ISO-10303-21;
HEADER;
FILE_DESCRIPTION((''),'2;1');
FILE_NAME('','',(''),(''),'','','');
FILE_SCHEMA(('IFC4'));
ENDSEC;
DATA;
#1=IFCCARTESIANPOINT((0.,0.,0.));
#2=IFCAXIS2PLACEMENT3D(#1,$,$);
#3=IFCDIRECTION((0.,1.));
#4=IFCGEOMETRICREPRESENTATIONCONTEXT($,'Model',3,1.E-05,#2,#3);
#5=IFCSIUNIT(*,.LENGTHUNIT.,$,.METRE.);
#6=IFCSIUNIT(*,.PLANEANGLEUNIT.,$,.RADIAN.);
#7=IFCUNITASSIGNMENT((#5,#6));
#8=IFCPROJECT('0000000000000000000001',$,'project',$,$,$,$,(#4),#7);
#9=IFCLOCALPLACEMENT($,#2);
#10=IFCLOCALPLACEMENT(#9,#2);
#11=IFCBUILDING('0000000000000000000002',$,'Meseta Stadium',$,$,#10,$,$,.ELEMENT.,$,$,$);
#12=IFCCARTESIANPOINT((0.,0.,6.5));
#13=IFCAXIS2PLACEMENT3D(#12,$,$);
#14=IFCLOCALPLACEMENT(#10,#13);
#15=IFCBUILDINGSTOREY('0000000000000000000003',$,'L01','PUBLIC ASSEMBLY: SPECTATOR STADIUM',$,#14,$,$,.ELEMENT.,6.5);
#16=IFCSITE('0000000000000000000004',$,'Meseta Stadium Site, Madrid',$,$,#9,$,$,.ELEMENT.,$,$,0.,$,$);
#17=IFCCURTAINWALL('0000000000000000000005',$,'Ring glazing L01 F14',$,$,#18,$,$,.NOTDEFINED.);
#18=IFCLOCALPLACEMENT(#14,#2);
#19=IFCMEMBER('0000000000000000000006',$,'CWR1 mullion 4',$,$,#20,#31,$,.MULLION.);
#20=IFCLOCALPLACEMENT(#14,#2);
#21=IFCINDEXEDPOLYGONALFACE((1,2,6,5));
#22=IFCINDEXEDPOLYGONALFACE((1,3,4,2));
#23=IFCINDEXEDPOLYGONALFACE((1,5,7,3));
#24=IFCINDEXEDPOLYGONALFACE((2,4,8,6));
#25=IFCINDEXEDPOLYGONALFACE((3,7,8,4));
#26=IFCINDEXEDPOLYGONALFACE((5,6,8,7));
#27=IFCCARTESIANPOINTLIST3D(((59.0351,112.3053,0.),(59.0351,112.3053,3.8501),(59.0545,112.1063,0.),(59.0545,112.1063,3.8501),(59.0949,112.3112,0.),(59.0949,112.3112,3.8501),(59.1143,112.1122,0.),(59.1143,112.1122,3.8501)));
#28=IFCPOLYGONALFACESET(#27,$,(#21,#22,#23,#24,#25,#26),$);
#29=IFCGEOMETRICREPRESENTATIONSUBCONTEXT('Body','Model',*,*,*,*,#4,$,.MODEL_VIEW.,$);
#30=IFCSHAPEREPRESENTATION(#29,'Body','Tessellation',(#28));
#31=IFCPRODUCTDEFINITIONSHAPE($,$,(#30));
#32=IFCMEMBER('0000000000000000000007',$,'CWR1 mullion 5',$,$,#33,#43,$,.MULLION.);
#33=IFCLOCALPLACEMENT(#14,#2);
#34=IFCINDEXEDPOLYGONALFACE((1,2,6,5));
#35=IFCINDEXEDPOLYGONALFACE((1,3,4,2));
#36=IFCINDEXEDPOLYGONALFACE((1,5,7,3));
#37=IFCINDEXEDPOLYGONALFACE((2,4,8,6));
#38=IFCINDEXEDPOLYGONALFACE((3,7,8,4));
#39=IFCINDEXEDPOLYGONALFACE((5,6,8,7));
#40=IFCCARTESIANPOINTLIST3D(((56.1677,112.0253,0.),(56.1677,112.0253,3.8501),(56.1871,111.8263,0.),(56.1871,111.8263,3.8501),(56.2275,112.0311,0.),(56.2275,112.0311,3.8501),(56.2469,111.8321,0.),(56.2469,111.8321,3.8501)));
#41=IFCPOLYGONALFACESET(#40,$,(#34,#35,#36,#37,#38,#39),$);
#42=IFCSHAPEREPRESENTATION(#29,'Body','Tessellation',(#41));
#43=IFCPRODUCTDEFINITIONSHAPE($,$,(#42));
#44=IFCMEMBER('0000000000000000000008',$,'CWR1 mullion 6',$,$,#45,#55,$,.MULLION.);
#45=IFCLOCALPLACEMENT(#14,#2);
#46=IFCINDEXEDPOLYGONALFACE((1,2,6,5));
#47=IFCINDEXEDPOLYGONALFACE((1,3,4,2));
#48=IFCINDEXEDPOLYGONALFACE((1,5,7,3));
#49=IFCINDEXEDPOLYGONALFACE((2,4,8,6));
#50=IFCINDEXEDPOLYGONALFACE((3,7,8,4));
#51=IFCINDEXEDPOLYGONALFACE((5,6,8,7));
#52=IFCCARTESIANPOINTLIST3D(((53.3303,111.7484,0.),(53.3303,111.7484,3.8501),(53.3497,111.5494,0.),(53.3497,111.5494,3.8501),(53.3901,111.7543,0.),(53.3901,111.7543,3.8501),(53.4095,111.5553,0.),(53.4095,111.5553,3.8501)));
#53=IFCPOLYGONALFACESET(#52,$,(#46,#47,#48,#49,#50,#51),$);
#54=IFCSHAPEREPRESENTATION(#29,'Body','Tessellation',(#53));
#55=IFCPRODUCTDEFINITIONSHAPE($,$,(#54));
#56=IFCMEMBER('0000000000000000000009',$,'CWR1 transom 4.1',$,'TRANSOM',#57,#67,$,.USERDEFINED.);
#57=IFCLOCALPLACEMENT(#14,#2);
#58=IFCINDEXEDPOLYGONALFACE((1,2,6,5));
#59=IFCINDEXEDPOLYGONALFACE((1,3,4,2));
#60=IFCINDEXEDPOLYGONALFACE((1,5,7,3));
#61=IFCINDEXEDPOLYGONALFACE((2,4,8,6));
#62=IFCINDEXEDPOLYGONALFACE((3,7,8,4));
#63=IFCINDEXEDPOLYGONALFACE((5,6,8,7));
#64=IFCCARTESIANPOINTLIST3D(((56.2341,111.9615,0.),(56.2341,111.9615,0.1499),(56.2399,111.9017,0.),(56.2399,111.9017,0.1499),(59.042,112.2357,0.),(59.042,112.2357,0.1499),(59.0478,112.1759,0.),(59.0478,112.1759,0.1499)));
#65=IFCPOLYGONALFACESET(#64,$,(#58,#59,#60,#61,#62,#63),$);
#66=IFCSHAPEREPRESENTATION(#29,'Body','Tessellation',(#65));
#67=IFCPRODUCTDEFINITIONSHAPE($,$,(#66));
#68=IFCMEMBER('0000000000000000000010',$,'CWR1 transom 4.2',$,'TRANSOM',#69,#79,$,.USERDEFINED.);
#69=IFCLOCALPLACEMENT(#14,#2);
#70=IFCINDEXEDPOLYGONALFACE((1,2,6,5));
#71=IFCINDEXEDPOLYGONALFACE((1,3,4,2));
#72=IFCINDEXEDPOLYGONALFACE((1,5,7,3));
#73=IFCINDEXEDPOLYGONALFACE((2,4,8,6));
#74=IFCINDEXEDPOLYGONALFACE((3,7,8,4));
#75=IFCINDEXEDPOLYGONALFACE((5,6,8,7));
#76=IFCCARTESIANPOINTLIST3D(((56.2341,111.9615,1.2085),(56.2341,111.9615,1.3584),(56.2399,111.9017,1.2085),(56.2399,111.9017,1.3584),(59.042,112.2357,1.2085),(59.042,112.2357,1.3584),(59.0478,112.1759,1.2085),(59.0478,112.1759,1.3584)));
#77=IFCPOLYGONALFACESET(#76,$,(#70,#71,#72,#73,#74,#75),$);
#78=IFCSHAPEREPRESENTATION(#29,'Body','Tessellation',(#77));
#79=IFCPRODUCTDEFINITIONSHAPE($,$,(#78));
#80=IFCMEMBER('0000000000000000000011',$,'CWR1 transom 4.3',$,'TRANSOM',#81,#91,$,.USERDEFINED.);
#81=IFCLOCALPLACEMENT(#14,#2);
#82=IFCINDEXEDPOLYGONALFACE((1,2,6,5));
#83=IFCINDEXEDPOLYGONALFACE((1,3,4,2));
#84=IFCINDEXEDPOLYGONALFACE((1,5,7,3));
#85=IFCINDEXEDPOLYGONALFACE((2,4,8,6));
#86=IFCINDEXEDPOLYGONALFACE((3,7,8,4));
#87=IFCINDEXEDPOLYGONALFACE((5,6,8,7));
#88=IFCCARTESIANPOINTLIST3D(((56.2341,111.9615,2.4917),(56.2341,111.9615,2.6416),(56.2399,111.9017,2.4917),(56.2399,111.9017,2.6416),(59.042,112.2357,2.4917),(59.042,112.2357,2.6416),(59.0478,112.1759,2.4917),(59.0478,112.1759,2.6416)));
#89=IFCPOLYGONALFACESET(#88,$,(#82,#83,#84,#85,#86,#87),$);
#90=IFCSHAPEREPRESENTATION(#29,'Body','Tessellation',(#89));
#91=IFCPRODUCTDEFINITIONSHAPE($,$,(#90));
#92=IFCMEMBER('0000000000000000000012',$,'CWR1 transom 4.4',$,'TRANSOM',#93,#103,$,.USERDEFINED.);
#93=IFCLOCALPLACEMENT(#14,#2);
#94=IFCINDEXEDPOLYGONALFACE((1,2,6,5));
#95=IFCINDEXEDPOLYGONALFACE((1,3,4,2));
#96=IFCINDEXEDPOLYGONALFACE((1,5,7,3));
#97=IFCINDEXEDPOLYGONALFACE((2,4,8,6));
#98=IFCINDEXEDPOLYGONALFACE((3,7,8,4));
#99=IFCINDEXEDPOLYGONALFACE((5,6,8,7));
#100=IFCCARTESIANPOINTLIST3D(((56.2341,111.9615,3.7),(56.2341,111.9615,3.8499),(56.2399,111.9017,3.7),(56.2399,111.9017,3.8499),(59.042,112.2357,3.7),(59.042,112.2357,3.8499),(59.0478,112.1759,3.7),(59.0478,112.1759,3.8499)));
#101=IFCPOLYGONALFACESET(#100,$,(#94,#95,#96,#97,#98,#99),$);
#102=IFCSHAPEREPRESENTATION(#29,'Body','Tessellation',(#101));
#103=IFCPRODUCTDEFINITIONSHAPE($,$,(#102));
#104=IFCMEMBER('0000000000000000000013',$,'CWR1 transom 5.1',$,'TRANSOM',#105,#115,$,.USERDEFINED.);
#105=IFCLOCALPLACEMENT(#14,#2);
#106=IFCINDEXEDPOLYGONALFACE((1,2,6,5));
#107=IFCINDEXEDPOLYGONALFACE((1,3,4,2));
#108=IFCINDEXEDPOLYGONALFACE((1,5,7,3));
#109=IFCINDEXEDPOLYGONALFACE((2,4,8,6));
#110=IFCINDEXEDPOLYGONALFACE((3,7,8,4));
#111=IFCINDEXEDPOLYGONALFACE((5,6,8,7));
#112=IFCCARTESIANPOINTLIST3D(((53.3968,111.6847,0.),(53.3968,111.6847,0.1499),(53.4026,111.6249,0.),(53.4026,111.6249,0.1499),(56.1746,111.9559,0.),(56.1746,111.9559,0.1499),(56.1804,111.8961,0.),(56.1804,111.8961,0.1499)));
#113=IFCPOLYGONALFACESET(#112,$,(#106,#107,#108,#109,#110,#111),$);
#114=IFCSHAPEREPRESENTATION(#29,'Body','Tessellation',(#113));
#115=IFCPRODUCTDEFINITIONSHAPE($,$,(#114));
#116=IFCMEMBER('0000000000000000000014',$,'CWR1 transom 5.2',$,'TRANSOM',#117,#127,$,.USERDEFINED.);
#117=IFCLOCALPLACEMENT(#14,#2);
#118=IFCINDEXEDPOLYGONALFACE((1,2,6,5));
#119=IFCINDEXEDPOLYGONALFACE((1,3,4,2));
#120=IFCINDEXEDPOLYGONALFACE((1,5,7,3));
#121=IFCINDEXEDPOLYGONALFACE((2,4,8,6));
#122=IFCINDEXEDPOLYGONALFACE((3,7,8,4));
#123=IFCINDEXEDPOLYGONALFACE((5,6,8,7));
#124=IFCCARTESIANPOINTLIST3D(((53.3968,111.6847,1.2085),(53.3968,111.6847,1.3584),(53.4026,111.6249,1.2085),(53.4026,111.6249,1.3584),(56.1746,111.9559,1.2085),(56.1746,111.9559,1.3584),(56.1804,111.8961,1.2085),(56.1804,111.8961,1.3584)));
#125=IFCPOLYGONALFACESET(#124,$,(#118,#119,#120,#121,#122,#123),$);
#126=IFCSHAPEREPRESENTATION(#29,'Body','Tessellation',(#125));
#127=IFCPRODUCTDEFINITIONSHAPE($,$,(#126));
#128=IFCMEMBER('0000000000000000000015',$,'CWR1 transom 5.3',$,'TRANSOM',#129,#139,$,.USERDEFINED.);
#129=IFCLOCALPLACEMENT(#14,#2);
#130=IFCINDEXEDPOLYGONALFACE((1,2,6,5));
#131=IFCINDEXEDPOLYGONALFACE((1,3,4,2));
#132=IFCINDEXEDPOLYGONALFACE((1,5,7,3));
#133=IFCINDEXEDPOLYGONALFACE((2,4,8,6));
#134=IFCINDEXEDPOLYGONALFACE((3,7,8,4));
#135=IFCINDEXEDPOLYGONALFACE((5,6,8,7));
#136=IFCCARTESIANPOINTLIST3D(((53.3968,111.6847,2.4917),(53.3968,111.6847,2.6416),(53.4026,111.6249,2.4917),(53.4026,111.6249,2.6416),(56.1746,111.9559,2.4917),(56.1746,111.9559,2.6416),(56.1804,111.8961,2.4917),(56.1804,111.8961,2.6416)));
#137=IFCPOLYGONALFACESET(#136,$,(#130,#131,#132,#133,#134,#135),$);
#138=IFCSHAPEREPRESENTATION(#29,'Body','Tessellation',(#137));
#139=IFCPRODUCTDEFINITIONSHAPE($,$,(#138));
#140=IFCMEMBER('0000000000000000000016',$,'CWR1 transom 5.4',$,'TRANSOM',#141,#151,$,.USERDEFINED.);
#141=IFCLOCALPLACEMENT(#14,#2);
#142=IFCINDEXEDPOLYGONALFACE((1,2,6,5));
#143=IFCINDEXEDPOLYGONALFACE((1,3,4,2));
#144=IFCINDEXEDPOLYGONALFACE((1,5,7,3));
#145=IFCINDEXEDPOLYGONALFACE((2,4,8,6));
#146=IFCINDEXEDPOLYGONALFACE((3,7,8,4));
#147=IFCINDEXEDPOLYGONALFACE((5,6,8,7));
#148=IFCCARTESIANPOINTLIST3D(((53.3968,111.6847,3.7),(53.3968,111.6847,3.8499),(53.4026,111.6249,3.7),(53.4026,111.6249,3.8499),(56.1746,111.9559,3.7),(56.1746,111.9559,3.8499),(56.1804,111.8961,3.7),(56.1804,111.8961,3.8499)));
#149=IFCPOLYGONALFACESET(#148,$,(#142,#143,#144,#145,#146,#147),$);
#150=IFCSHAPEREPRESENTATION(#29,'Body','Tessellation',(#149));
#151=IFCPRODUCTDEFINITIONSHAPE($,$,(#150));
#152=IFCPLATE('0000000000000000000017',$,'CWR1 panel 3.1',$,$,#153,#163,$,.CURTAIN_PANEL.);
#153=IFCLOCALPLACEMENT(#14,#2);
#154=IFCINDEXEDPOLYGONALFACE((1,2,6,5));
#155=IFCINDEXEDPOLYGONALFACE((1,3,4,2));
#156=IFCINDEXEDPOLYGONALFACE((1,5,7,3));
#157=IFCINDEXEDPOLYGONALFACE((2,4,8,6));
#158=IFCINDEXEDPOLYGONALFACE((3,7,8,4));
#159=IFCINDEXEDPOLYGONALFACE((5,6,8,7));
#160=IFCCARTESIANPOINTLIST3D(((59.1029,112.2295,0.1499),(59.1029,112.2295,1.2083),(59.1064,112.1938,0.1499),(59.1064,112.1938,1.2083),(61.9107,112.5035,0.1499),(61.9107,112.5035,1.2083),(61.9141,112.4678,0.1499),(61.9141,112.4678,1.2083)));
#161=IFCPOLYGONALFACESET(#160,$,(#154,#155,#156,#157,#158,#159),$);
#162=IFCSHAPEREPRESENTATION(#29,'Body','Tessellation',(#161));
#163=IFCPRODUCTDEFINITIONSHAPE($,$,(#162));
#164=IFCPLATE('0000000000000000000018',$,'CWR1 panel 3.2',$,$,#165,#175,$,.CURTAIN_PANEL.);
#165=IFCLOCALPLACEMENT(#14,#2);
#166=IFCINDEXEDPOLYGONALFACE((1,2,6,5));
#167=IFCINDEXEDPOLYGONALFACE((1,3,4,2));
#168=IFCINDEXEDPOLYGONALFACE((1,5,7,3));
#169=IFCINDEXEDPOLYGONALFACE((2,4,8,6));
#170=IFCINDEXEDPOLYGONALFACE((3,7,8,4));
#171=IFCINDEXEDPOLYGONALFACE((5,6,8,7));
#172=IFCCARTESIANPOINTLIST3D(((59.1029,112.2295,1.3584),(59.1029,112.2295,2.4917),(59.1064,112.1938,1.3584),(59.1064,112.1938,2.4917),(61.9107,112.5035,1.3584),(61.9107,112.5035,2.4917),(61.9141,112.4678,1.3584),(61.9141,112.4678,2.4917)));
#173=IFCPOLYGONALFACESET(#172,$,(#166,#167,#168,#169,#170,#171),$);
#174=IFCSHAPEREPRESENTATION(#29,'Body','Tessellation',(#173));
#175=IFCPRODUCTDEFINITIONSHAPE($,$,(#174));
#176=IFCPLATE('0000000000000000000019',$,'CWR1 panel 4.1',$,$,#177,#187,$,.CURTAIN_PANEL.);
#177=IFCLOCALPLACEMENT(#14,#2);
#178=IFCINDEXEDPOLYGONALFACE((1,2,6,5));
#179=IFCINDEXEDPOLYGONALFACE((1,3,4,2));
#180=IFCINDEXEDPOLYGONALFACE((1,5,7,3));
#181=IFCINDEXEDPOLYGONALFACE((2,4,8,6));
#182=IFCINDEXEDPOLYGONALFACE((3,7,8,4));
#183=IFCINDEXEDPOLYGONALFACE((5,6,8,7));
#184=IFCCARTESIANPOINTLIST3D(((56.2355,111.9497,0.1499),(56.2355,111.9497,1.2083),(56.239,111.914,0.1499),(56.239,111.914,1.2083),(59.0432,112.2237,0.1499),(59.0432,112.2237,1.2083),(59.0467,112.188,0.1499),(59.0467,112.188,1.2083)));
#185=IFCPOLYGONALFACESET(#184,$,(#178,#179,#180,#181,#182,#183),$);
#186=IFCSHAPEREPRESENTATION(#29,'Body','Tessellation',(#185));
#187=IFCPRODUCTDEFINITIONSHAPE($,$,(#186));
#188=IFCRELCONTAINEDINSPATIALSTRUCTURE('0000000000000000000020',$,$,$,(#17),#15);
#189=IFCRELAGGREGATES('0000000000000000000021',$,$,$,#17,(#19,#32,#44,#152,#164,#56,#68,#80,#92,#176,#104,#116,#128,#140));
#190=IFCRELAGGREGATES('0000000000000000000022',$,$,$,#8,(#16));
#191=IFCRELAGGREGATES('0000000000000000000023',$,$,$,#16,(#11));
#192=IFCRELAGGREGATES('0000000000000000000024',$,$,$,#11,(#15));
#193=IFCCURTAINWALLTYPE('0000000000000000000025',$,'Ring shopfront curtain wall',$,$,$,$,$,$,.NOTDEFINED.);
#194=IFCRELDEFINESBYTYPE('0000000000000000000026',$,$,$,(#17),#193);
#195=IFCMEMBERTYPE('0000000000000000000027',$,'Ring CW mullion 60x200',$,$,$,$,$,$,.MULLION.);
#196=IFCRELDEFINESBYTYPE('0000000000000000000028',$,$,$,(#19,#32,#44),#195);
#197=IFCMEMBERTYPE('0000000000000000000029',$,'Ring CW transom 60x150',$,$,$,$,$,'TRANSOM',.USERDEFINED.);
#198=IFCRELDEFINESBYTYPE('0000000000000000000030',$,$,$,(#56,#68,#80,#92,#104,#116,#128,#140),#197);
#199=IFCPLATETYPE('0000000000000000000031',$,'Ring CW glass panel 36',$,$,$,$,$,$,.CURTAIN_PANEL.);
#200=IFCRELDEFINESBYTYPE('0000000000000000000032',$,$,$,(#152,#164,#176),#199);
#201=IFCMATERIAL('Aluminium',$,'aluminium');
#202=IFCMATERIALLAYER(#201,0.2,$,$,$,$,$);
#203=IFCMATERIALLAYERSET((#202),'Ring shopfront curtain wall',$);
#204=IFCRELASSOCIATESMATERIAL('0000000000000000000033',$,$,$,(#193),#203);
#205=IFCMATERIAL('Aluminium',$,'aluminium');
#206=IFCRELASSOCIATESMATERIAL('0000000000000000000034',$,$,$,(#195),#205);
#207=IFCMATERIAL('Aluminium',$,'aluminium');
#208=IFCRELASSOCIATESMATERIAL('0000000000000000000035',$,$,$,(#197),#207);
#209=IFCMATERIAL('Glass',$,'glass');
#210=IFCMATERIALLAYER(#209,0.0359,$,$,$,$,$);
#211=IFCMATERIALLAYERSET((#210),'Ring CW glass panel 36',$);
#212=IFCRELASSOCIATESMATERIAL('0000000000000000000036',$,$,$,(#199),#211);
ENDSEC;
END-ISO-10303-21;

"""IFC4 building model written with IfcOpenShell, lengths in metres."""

from ifc_helpers import new_model, si_unit, direction, frame, origin, origin_2d, place, context, subcontext, project, spatial, rectangle, extrude, material, layer, layer_set, material_profile, profile_set, type_object, element, aggregate, save


model = new_model("IFC4")

# Units and contexts
model_context = context("Model", 3, precision=1e-05, world=origin(), true_north=direction((0.0, 1.0)))
body_context = subcontext(model_context, "Body", "Model", "MODEL_VIEW")
ifc_project = project(units=[si_unit("LENGTHUNIT", "METRE"), si_unit("PLANEANGLEUNIT", "RADIAN")], contexts=[model_context])

# Site, building, storey
site_placement = place(None, origin())
site = spatial("IfcSite", under=ifc_project, at=site_placement, Name="Meseta Stadium Site, Madrid", CompositionType="ELEMENT", RefElevation=0.0)
building_placement = place(site_placement, origin())
building = spatial("IfcBuilding", under=site, at=building_placement, Name="Meseta Stadium", CompositionType="ELEMENT")
storey_placement = place(building_placement, frame((0.0, 0.0, 6.5)))
storey = spatial("IfcBuildingStorey", under=building, at=storey_placement, Name="L01", Description="PUBLIC ASSEMBLY: SPECTATOR STADIUM", CompositionType="ELEMENT", Elevation=6.5)

# Curtain wall, members, plates
ifc_material_1 = material(Name="Aluminium", Category="aluminium")
ifc_layer_1 = layer(ifc_material_1, 0.2)
ifc_layer_set_1 = layer_set([ifc_layer_1], Name="Ring shopfront curtain wall")
curtain_wall_type = type_object("IfcCurtainWallType", Name="Ring shopfront curtain wall", PredefinedType="NOTDEFINED", material=ifc_layer_set_1)
curtain_wall_placement = place(storey_placement, origin())
curtain_wall = element("IfcCurtainWall", 1, at=curtain_wall_placement, inside=storey, type_object=curtain_wall_type, Name="Ring glazing L01 F14", PredefinedType="NOTDEFINED")
ifc_material_2 = material(Name="Aluminium", Category="aluminium")
ifc_material_profile_1 = material_profile(ifc_material_2, rectangle(XDim=0.2, YDim=0.0601, at=origin_2d()), Name="CW 200x60")
ifc_profile_set_1 = profile_set([ifc_material_profile_1], Name="Aluminium")
member_type_1 = type_object("IfcMemberType", Name="Ring CW mullion 60x200", PredefinedType="MULLION", material=ifc_profile_set_1)
member_1_placement = place(storey_placement, frame((59.0747, 112.2087, 0.0), z_axis=(0.0, 0.0, 1.0), x_axis=(0.097125, -0.995272, 0.0)))
member_1 = element("IfcMember", 2, at=member_1_placement, type_object=member_type_1, Name="CWR1 mullion 4", PredefinedType="MULLION", context=body_context, shape_type="SweptSolid", body=[
    extrude(rectangle(XDim=0.2, YDim=0.0601, at=origin_2d()), origin(), (0.0, 0.0, 1.0), 3.8501),
])
member_2_placement = place(storey_placement, frame((56.2073, 111.9287, 0.0), z_axis=(0.0, 0.0, 1.0), x_axis=(0.097125, -0.995272, 0.0)))
member_2 = element("IfcMember", 3, at=member_2_placement, type_object=member_type_1, Name="CWR1 mullion 5", PredefinedType="MULLION", context=body_context, shape_type="SweptSolid", body=[
    extrude(rectangle(XDim=0.2, YDim=0.0601, at=origin_2d()), origin(), (0.0, 0.0, 1.0), 3.8501),
])
member_3_placement = place(storey_placement, frame((53.3699, 111.6519, 0.0), z_axis=(0.0, 0.0, 1.0), x_axis=(0.097125, -0.995272, 0.0)))
member_3 = element("IfcMember", 4, at=member_3_placement, type_object=member_type_1, Name="CWR1 mullion 6", PredefinedType="MULLION", context=body_context, shape_type="SweptSolid", body=[
    extrude(rectangle(XDim=0.2, YDim=0.0601, at=origin_2d()), origin(), (0.0, 0.0, 1.0), 3.8501),
])
ifc_material_3 = material(Name="Aluminium", Category="aluminium")
ifc_material_profile_2 = material_profile(ifc_material_3, rectangle(XDim=0.0601, YDim=0.1499, at=origin_2d()), Name="CW 60x150")
ifc_profile_set_2 = profile_set([ifc_material_profile_2], Name="Aluminium")
member_type_2 = type_object("IfcMemberType", Name="Ring CW transom 60x150", ElementType="TRANSOM", PredefinedType="USERDEFINED", material=ifc_profile_set_2)
member_4_placement = place(storey_placement, frame((59.0449, 112.2058, 0.075), z_axis=(-0.995267, -0.097182, 0.0), x_axis=(0.097182, -0.995267, 0.0)))
member_4 = element("IfcMember", 5, at=member_4_placement, type_object=member_type_2, Name="CWR1 transom 4.1", ObjectType="TRANSOM", PredefinedType="USERDEFINED", context=body_context, shape_type="SweptSolid", body=[
    extrude(rectangle(XDim=0.0601, YDim=0.1499, at=origin_2d()), origin(), (0.0, 0.0, 1.0), 2.8213),
])
member_5_placement = place(storey_placement, frame((59.0449, 112.2058, 1.2834), z_axis=(-0.995267, -0.097182, 0.0), x_axis=(0.097182, -0.995267, 0.0)))
member_5 = element("IfcMember", 6, at=member_5_placement, type_object=member_type_2, Name="CWR1 transom 4.2", ObjectType="TRANSOM", PredefinedType="USERDEFINED", context=body_context, shape_type="SweptSolid", body=[
    extrude(rectangle(XDim=0.0601, YDim=0.1499, at=origin_2d()), origin(), (0.0, 0.0, 1.0), 2.8213),
])
member_6_placement = place(storey_placement, frame((59.0449, 112.2058, 2.5667), z_axis=(-0.995267, -0.097182, 0.0), x_axis=(0.097182, -0.995267, 0.0)))
member_6 = element("IfcMember", 7, at=member_6_placement, type_object=member_type_2, Name="CWR1 transom 4.3", ObjectType="TRANSOM", PredefinedType="USERDEFINED", context=body_context, shape_type="SweptSolid", body=[
    extrude(rectangle(XDim=0.0601, YDim=0.1499, at=origin_2d()), origin(), (0.0, 0.0, 1.0), 2.8213),
])
member_7_placement = place(storey_placement, frame((59.0449, 112.2058, 3.7749), z_axis=(-0.995267, -0.097182, 0.0), x_axis=(0.097182, -0.995267, 0.0)))
member_7 = element("IfcMember", 8, at=member_7_placement, type_object=member_type_2, Name="CWR1 transom 4.4", ObjectType="TRANSOM", PredefinedType="USERDEFINED", context=body_context, shape_type="SweptSolid", body=[
    extrude(rectangle(XDim=0.0601, YDim=0.1499, at=origin_2d()), origin(), (0.0, 0.0, 1.0), 2.8213),
])
member_8_placement = place(storey_placement, frame((56.1775, 111.926, 0.075), z_axis=(-0.995267, -0.097182, 0.0), x_axis=(0.097182, -0.995267, 0.0)))
member_8 = element("IfcMember", 9, at=member_8_placement, type_object=member_type_2, Name="CWR1 transom 5.1", ObjectType="TRANSOM", PredefinedType="USERDEFINED", context=body_context, shape_type="SweptSolid", body=[
    extrude(rectangle(XDim=0.0601, YDim=0.1499, at=origin_2d()), origin(), (0.0, 0.0, 1.0), 2.791),
])
member_9_placement = place(storey_placement, frame((56.1775, 111.926, 1.2834), z_axis=(-0.995267, -0.097182, 0.0), x_axis=(0.097182, -0.995267, 0.0)))
member_9 = element("IfcMember", 10, at=member_9_placement, type_object=member_type_2, Name="CWR1 transom 5.2", ObjectType="TRANSOM", PredefinedType="USERDEFINED", context=body_context, shape_type="SweptSolid", body=[
    extrude(rectangle(XDim=0.0601, YDim=0.1499, at=origin_2d()), origin(), (0.0, 0.0, 1.0), 2.791),
])
member_10_placement = place(storey_placement, frame((56.1775, 111.926, 2.5667), z_axis=(-0.995267, -0.097182, 0.0), x_axis=(0.097182, -0.995267, 0.0)))
member_10 = element("IfcMember", 11, at=member_10_placement, type_object=member_type_2, Name="CWR1 transom 5.3", ObjectType="TRANSOM", PredefinedType="USERDEFINED", context=body_context, shape_type="SweptSolid", body=[
    extrude(rectangle(XDim=0.0601, YDim=0.1499, at=origin_2d()), origin(), (0.0, 0.0, 1.0), 2.791),
])
member_11_placement = place(storey_placement, frame((56.1775, 111.926, 3.7749), z_axis=(-0.995267, -0.097182, 0.0), x_axis=(0.097182, -0.995267, 0.0)))
member_11 = element("IfcMember", 12, at=member_11_placement, type_object=member_type_2, Name="CWR1 transom 5.4", ObjectType="TRANSOM", PredefinedType="USERDEFINED", context=body_context, shape_type="SweptSolid", body=[
    extrude(rectangle(XDim=0.0601, YDim=0.1499, at=origin_2d()), origin(), (0.0, 0.0, 1.0), 2.791),
])
ifc_material_4 = material(Name="Glass", Category="glass")
ifc_layer_2 = layer(ifc_material_4, 0.0359)
ifc_layer_set_2 = layer_set([ifc_layer_2], Name="Ring CW glass panel 36")
plate_type = type_object("IfcPlateType", Name="Ring CW glass panel 36", PredefinedType="CURTAIN_PANEL", material=ifc_layer_set_2)
plate_1_placement = place(storey_placement, frame((60.5085, 112.3486, 0.1499), z_axis=(0.0, 0.0, 1.0), x_axis=(-0.995272, -0.097125, 0.0)))
plate_1 = element("IfcPlate", 13, at=plate_1_placement, type_object=plate_type, Name="CWR1 panel 3.1", PredefinedType="CURTAIN_PANEL", context=body_context, shape_type="SweptSolid", body=[
    extrude(rectangle(XDim=2.821, YDim=0.0359, at=origin_2d()), origin(), (0.0, 0.0, 1.0), 1.0583),
])
plate_2_placement = place(storey_placement, frame((60.5085, 112.3486, 1.3584), z_axis=(0.0, 0.0, 1.0), x_axis=(-0.995272, -0.097125, 0.0)))
plate_2 = element("IfcPlate", 14, at=plate_2_placement, type_object=plate_type, Name="CWR1 panel 3.2", PredefinedType="CURTAIN_PANEL", context=body_context, shape_type="SweptSolid", body=[
    extrude(rectangle(XDim=2.821, YDim=0.0359, at=origin_2d()), origin(), (0.0, 0.0, 1.0), 1.1333),
])
plate_3_placement = place(storey_placement, frame((57.6411, 112.0688, 0.1499), z_axis=(0.0, 0.0, 1.0), x_axis=(-0.995272, -0.097125, 0.0)))
plate_3 = element("IfcPlate", 15, at=plate_3_placement, type_object=plate_type, Name="CWR1 panel 4.1", PredefinedType="CURTAIN_PANEL", context=body_context, shape_type="SweptSolid", body=[
    extrude(rectangle(XDim=2.821, YDim=0.0359, at=origin_2d()), origin(), (0.0, 0.0, 1.0), 1.0583),
])
aggregate(curtain_wall, [member_1, member_2, member_3, plate_1, plate_2, member_4, member_5, member_6, member_7, plate_3, member_8, member_9, member_10, member_11])

save(model, "model.ifc")
